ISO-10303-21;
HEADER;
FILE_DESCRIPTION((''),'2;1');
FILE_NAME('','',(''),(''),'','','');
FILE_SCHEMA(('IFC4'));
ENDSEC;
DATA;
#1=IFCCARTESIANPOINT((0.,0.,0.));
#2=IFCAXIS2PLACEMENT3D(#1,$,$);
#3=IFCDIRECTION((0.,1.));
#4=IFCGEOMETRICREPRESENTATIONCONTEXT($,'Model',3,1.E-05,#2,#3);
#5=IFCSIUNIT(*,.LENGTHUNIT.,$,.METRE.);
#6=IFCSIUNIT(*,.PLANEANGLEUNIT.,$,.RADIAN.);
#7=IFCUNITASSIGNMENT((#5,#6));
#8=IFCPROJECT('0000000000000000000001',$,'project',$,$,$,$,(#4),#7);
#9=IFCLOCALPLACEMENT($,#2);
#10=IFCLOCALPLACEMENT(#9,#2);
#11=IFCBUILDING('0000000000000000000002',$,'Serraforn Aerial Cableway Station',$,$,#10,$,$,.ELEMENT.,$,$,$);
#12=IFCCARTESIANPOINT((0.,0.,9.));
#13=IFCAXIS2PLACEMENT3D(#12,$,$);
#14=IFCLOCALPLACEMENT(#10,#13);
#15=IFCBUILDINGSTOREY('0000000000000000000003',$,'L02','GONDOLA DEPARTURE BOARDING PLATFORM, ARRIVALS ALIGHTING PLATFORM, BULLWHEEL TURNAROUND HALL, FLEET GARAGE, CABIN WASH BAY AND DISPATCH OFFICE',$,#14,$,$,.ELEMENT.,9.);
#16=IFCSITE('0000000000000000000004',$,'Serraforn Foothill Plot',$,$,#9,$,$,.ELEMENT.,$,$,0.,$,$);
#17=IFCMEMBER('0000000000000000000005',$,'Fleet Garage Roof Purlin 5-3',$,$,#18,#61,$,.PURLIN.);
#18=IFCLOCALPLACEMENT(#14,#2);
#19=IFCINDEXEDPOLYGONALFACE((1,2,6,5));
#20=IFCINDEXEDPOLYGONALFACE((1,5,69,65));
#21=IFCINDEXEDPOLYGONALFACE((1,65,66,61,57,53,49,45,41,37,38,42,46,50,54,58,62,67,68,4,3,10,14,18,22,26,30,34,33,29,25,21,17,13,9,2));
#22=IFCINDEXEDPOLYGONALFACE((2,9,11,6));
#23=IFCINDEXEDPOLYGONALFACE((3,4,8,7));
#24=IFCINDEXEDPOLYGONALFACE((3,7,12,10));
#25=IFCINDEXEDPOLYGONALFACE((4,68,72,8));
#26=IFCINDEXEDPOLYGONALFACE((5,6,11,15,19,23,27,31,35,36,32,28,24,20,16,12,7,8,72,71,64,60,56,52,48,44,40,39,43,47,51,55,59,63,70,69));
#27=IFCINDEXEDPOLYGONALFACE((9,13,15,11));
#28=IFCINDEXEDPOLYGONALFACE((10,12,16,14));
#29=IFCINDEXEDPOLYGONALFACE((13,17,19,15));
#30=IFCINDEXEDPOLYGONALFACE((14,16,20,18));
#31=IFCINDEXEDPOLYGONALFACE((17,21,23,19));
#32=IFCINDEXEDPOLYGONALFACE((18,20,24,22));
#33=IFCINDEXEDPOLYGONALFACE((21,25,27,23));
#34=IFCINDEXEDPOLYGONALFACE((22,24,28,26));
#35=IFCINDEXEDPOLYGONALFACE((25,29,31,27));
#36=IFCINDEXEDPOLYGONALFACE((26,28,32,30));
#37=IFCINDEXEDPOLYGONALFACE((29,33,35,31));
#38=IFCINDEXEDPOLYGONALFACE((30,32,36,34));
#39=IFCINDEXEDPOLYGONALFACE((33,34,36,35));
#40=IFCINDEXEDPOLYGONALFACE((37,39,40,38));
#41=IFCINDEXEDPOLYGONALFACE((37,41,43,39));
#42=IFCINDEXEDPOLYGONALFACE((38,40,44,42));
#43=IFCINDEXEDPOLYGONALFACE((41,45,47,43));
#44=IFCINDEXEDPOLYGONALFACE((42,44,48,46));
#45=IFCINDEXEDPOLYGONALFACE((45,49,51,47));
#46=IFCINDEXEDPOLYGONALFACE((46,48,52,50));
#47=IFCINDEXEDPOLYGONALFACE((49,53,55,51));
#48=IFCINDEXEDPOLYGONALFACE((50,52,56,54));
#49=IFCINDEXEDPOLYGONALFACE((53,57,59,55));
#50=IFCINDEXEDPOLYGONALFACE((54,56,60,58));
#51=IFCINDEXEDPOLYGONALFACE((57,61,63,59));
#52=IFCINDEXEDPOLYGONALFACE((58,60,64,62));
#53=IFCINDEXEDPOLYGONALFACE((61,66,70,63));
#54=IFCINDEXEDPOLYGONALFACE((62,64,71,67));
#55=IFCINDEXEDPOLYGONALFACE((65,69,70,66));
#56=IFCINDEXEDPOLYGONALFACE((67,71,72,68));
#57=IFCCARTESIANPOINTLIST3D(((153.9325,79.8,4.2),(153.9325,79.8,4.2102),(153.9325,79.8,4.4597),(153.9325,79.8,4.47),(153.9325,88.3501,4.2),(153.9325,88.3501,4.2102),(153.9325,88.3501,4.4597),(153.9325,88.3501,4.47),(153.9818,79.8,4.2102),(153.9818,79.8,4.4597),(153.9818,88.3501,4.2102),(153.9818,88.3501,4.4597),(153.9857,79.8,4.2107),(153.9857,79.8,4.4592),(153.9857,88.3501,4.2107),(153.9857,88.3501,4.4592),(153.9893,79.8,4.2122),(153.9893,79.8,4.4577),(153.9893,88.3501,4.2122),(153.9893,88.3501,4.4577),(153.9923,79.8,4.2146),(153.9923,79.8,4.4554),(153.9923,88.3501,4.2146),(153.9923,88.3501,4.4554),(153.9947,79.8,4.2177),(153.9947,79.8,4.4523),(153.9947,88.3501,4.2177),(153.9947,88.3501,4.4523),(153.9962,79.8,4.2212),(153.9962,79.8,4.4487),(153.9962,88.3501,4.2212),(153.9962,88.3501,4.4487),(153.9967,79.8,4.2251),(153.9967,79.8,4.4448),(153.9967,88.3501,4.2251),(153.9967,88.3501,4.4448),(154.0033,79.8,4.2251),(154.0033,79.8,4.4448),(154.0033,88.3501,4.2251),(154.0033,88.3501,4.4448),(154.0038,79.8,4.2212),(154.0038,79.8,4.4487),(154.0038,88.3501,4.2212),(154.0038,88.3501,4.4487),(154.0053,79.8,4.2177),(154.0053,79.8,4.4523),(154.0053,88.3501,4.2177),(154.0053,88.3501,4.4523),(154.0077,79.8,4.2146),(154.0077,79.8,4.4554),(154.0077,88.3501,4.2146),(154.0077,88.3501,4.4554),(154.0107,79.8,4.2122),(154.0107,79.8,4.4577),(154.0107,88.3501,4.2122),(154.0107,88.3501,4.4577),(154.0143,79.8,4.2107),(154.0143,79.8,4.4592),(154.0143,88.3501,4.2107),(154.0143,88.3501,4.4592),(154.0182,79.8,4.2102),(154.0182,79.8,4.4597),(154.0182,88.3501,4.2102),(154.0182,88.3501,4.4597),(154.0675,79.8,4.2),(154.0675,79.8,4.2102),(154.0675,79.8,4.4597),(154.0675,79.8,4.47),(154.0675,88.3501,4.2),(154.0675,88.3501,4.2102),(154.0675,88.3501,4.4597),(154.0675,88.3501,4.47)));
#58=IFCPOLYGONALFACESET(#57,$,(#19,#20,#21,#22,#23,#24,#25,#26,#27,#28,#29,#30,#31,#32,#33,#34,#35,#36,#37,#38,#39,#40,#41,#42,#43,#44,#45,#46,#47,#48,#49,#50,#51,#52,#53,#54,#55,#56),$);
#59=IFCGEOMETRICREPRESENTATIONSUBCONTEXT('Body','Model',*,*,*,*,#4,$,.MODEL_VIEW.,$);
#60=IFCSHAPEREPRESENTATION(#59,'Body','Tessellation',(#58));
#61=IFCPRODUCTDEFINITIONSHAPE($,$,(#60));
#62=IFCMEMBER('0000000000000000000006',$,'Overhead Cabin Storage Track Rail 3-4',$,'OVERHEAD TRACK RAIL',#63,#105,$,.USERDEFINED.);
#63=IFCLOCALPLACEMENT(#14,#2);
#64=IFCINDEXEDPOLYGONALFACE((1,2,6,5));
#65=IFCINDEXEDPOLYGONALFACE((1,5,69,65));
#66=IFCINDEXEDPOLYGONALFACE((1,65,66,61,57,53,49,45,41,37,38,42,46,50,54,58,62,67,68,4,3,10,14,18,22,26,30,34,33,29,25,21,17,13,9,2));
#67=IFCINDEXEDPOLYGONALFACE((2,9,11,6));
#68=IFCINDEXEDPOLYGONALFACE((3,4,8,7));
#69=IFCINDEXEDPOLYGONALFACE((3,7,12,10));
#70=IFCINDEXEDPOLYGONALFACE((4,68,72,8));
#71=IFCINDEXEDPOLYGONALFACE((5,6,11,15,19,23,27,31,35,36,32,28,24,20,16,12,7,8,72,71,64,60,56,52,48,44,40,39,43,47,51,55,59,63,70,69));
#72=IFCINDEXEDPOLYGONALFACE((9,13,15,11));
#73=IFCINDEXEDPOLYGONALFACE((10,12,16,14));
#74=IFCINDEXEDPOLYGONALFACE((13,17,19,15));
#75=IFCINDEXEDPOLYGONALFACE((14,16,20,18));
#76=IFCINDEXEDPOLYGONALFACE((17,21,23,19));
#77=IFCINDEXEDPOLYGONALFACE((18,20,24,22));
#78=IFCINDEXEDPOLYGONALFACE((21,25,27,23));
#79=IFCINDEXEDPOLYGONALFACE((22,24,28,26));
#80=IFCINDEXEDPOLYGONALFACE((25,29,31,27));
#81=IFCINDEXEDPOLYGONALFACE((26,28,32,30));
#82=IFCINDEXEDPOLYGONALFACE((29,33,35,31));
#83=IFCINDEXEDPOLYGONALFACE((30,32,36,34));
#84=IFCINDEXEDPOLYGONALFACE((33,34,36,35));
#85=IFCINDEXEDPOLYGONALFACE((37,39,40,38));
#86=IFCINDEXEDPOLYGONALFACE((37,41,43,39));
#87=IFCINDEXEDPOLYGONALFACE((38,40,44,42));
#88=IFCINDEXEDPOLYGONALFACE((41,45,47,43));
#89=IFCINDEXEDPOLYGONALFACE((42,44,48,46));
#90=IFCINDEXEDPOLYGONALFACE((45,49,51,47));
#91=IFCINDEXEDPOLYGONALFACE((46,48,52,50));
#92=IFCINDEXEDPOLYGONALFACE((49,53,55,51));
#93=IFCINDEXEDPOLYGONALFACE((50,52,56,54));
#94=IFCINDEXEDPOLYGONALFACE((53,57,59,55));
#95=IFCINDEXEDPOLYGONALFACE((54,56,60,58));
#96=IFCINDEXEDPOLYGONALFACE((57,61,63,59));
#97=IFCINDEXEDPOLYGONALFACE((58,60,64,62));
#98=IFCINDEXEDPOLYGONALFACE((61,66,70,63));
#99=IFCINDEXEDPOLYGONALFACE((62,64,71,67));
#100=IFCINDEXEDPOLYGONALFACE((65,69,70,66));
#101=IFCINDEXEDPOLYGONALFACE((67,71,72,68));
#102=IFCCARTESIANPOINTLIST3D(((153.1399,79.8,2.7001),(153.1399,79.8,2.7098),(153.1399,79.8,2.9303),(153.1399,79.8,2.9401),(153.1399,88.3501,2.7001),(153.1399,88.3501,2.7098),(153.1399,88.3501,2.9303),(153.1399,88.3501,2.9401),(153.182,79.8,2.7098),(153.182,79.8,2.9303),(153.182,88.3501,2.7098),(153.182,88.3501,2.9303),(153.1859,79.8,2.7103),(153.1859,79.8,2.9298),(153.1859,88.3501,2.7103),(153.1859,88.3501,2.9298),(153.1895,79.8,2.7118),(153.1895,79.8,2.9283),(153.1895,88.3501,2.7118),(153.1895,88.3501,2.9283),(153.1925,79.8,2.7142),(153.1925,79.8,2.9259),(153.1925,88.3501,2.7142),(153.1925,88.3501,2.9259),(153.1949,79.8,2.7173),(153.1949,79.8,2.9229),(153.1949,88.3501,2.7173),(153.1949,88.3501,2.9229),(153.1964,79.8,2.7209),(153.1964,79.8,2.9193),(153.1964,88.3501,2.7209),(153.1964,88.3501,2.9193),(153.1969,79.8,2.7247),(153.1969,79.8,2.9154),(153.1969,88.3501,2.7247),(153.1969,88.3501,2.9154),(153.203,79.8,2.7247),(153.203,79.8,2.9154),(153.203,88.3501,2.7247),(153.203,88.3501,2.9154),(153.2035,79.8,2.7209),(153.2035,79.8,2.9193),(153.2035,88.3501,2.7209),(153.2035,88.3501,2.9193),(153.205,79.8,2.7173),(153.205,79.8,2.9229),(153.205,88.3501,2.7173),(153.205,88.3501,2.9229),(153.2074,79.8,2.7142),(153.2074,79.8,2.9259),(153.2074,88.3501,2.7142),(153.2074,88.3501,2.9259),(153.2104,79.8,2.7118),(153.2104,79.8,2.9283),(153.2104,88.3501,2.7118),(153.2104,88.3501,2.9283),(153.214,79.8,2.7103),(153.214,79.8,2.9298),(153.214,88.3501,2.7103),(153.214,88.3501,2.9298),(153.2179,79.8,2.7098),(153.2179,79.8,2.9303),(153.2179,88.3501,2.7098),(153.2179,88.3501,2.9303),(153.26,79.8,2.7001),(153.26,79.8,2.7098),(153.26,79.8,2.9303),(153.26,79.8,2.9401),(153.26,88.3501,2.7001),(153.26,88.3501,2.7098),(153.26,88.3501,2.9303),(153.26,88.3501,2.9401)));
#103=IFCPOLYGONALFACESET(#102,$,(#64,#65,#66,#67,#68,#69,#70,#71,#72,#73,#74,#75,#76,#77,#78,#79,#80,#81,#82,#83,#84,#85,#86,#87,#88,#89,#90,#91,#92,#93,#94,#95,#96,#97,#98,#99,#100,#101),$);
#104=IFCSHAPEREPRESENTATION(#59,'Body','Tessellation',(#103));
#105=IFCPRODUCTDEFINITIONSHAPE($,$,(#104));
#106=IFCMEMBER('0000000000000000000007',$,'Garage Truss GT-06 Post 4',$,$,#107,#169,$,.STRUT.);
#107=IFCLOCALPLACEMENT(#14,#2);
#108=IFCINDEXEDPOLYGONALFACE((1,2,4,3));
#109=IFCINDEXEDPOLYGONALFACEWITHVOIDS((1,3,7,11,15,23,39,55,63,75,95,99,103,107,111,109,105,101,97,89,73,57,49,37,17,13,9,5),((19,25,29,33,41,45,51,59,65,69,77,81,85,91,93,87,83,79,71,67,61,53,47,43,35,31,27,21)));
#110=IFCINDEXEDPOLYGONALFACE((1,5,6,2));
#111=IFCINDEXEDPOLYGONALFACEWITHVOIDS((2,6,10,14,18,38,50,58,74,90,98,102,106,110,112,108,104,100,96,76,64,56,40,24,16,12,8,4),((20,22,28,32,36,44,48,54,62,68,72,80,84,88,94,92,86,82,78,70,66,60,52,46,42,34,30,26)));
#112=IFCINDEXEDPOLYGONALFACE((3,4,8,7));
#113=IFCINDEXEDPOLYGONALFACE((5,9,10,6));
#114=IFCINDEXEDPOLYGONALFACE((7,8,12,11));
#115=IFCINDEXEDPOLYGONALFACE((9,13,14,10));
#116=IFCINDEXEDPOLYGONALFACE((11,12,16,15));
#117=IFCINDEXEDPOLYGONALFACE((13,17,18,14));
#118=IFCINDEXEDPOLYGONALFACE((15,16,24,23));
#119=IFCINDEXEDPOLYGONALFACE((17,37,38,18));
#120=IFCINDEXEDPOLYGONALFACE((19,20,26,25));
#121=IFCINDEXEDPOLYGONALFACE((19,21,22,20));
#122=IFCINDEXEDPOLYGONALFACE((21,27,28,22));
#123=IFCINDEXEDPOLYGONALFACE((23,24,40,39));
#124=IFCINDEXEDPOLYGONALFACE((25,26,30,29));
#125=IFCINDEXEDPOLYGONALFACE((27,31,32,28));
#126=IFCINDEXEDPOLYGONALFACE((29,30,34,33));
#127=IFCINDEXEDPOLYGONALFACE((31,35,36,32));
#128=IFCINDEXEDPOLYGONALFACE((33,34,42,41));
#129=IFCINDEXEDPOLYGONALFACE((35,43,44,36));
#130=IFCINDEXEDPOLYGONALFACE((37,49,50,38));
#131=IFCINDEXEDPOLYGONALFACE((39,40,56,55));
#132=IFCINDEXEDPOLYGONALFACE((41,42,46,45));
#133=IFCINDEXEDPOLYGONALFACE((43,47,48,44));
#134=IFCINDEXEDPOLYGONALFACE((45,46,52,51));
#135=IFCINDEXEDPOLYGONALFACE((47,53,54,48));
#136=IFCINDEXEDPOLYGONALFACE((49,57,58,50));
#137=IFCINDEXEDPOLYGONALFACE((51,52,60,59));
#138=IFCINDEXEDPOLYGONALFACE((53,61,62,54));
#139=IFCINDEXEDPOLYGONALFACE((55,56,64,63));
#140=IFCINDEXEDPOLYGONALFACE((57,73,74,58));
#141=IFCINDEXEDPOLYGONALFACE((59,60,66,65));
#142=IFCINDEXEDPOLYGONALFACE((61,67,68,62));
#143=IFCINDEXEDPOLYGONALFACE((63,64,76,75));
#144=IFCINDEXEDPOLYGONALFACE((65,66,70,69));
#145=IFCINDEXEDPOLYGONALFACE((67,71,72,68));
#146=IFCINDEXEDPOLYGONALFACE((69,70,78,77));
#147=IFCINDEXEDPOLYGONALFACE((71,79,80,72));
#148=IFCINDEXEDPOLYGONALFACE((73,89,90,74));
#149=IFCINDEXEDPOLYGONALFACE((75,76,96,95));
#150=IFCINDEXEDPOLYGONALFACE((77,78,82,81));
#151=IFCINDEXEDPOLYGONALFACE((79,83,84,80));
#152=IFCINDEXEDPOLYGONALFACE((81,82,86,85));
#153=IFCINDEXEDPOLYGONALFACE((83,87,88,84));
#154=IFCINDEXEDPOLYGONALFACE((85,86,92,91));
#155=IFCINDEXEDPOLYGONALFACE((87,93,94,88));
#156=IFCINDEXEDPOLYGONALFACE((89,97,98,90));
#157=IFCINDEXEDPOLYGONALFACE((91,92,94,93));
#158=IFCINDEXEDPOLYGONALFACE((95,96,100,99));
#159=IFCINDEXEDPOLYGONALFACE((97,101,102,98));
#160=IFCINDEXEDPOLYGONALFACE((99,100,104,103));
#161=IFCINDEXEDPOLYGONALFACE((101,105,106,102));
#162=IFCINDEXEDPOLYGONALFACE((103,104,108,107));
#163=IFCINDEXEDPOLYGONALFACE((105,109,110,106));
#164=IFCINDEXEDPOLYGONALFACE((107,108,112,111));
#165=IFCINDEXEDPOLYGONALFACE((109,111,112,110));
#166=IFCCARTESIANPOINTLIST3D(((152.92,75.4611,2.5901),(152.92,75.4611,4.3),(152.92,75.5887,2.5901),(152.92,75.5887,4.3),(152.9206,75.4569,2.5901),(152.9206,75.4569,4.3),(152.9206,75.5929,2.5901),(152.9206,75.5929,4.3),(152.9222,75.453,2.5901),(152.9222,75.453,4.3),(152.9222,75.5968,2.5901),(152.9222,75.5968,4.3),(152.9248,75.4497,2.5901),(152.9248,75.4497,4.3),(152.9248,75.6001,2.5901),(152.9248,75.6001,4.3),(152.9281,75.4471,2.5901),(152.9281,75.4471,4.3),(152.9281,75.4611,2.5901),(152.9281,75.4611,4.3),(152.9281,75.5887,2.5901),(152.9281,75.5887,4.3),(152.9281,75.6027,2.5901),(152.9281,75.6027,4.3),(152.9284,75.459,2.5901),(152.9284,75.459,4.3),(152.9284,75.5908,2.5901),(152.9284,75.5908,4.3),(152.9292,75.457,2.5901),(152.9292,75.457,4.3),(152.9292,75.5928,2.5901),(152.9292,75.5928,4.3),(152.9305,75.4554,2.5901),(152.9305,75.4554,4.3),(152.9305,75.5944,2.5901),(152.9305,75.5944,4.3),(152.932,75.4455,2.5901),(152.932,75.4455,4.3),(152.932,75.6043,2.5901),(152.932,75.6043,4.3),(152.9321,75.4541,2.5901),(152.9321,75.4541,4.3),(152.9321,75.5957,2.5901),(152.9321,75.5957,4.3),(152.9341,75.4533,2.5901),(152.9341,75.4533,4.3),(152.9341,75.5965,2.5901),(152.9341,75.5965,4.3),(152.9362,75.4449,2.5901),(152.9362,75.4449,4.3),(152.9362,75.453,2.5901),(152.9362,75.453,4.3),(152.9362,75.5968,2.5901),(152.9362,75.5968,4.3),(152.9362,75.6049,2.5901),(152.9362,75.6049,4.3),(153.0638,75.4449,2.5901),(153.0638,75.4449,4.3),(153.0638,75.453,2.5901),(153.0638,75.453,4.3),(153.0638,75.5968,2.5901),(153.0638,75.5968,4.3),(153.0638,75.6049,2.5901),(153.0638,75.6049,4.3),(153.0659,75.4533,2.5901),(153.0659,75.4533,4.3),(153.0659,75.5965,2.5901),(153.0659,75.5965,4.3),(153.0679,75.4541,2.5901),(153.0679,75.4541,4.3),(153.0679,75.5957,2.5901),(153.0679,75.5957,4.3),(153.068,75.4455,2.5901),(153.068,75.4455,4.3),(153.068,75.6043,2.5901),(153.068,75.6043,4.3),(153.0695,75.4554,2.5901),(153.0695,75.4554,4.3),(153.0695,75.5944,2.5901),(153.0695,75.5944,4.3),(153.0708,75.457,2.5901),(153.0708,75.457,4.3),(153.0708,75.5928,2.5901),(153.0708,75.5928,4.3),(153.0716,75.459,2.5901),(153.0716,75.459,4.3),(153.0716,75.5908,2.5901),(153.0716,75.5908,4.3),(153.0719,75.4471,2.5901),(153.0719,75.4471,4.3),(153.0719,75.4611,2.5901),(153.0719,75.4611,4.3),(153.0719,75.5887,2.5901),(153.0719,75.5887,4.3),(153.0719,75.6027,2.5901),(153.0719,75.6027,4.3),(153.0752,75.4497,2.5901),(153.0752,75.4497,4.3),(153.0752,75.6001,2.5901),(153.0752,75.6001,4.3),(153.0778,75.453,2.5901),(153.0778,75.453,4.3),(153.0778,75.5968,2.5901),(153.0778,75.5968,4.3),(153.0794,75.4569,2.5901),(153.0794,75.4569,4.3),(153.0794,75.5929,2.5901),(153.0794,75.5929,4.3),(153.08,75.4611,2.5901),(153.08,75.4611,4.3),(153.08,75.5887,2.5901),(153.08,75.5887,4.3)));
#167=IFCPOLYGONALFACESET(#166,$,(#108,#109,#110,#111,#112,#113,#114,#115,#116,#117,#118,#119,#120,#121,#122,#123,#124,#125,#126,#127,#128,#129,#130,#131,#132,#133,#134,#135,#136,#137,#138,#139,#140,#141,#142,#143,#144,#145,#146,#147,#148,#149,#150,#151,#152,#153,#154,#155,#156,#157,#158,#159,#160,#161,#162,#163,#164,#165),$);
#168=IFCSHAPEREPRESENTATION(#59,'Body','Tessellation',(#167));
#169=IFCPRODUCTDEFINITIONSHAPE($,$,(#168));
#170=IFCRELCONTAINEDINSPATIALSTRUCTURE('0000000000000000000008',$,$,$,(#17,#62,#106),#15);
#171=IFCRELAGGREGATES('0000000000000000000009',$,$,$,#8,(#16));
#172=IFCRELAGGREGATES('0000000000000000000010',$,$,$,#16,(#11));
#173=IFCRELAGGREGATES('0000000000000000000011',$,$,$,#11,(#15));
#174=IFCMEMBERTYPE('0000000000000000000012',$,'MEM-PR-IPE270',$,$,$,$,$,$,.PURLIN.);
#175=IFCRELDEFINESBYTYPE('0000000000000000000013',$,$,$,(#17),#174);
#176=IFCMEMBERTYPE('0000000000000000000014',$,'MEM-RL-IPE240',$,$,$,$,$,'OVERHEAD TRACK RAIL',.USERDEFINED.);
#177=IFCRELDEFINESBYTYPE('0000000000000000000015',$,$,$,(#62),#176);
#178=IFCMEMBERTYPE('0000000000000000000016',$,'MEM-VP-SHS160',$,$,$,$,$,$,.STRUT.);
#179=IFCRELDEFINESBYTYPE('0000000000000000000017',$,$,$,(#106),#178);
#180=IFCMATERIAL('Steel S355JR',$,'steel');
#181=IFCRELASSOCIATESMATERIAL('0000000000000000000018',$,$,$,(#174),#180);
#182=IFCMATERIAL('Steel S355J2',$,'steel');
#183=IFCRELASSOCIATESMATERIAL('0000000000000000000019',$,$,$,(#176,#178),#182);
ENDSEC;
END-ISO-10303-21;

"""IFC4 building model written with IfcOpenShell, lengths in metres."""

from ifc_helpers import new_model, si_unit, direction, frame, origin, origin_2d, place, context, subcontext, project, spatial, hollow_rectangle, i_section, extrude, material, material_profile, profile_set, type_object, element, save


model = new_model("IFC4")

# Units and contexts
model_context = context("Model", 3, precision=1e-05, world=origin(), true_north=direction((0.0, 1.0)))
body_context = subcontext(model_context, "Body", "Model", "MODEL_VIEW")
ifc_project = project(units=[si_unit("LENGTHUNIT", "METRE"), si_unit("PLANEANGLEUNIT", "RADIAN")], contexts=[model_context])

# Site, building, storey
site_placement = place(None, origin())
site = spatial("IfcSite", under=ifc_project, at=site_placement, Name="Serraforn Foothill Plot", CompositionType="ELEMENT", RefElevation=0.0)
building_placement = place(site_placement, origin())
building = spatial("IfcBuilding", under=site, at=building_placement, Name="Serraforn Aerial Cableway Station", CompositionType="ELEMENT")
storey_placement = place(building_placement, frame((0.0, 0.0, 9.0)))
storey = spatial("IfcBuildingStorey", under=building, at=storey_placement, Name="L02", Description="GONDOLA DEPARTURE BOARDING PLATFORM, ARRIVALS ALIGHTING PLATFORM, BULLWHEEL TURNAROUND HALL, FLEET GARAGE, CABIN WASH BAY AND DISPATCH OFFICE", CompositionType="ELEMENT", Elevation=9.0)

# Shared definitions
ifc_material_1 = material(Name="Steel S355JR", Category="steel")

# Members
ifc_material_2 = material(Name="Steel S355J2", Category="steel")
ifc_material_profile_1 = material_profile(ifc_material_1, i_section(OverallWidth=0.135, OverallDepth=0.27, WebThickness=0.0066, FlangeThickness=0.0103, FilletRadius=0.0149, at=origin_2d()), Name="IPE 270")
ifc_profile_set_1 = profile_set([ifc_material_profile_1], Name="Steel S355JR")
member_type_1 = type_object("IfcMemberType", Name="MEM-PR-IPE270", PredefinedType="PURLIN", material=ifc_profile_set_1)
member_1_placement = place(storey_placement, frame((154.0, 79.8, 4.335), z_axis=(0.0, 1.0, 0.0), x_axis=(-1.0, 0.0, 0.0)))
element("IfcMember", 1, at=member_1_placement, inside=storey, type_object=member_type_1, Name="Fleet Garage Roof Purlin 5-3", PredefinedType="PURLIN", context=body_context, shape_type="SweptSolid", body=[
    extrude(i_section(OverallWidth=0.135, OverallDepth=0.27, WebThickness=0.0066, FlangeThickness=0.0103, FilletRadius=0.0149, at=origin_2d()), origin(), (0.0, 0.0, 1.0), 8.55),
])
ifc_material_profile_2 = material_profile(ifc_material_2, i_section(OverallWidth=0.1201, OverallDepth=0.24, WebThickness=0.0061, FlangeThickness=0.0098, FilletRadius=0.0149, at=origin_2d()), Name="IPE 240")
ifc_profile_set_2 = profile_set([ifc_material_profile_2], Name="Steel S355J2")
member_type_2 = type_object("IfcMemberType", Name="MEM-RL-IPE240", ElementType="OVERHEAD TRACK RAIL", PredefinedType="USERDEFINED", material=ifc_profile_set_2)
member_2_placement = place(storey_placement, frame((153.2, 79.8, 2.8201), z_axis=(0.0, 1.0, 0.0), x_axis=(-1.0, 0.0, 0.0)))
element("IfcMember", 2, at=member_2_placement, inside=storey, type_object=member_type_2, Name="Overhead Cabin Storage Track Rail 3-4", ObjectType="OVERHEAD TRACK RAIL", PredefinedType="USERDEFINED", context=body_context, shape_type="SweptSolid", body=[
    extrude(i_section(OverallWidth=0.1201, OverallDepth=0.24, WebThickness=0.0061, FlangeThickness=0.0098, FilletRadius=0.0149, at=origin_2d()), origin(), (0.0, 0.0, 1.0), 8.55),
])
ifc_material_profile_3 = material_profile(ifc_material_2, hollow_rectangle(XDim=0.1599, YDim=0.1599, WallThickness=0.0081, InnerFilletRadius=0.0081, OuterFilletRadius=0.0161, at=origin_2d()), Name="SHS 160x160x8.0")
ifc_profile_set_3 = profile_set([ifc_material_profile_3], Name="Steel S355J2")
member_type_3 = type_object("IfcMemberType", Name="MEM-VP-SHS160", PredefinedType="STRUT", material=ifc_profile_set_3)
for number, where, z_axis, x_axis, name in (
    (3, (153.0, 75.5249, 2.5901), (0.0, 0.0, 1.0), (1.0, 0.0, 0.0), "Garage Truss GT-06 Post 4"),
):
    element("IfcMember", number, at=place(storey_placement, frame(where, z_axis=z_axis, x_axis=x_axis)), inside=storey, type_object=member_type_3, Name=name, PredefinedType="STRUT", context=body_context, shape_type="SweptSolid", body=[
        extrude(hollow_rectangle(XDim=0.1599, YDim=0.1599, WallThickness=0.0081, InnerFilletRadius=0.0081, OuterFilletRadius=0.0161, at=origin_2d()), origin(), (0.0, 0.0, 1.0), 1.71),
    ])

save(model, "model.ifc")
